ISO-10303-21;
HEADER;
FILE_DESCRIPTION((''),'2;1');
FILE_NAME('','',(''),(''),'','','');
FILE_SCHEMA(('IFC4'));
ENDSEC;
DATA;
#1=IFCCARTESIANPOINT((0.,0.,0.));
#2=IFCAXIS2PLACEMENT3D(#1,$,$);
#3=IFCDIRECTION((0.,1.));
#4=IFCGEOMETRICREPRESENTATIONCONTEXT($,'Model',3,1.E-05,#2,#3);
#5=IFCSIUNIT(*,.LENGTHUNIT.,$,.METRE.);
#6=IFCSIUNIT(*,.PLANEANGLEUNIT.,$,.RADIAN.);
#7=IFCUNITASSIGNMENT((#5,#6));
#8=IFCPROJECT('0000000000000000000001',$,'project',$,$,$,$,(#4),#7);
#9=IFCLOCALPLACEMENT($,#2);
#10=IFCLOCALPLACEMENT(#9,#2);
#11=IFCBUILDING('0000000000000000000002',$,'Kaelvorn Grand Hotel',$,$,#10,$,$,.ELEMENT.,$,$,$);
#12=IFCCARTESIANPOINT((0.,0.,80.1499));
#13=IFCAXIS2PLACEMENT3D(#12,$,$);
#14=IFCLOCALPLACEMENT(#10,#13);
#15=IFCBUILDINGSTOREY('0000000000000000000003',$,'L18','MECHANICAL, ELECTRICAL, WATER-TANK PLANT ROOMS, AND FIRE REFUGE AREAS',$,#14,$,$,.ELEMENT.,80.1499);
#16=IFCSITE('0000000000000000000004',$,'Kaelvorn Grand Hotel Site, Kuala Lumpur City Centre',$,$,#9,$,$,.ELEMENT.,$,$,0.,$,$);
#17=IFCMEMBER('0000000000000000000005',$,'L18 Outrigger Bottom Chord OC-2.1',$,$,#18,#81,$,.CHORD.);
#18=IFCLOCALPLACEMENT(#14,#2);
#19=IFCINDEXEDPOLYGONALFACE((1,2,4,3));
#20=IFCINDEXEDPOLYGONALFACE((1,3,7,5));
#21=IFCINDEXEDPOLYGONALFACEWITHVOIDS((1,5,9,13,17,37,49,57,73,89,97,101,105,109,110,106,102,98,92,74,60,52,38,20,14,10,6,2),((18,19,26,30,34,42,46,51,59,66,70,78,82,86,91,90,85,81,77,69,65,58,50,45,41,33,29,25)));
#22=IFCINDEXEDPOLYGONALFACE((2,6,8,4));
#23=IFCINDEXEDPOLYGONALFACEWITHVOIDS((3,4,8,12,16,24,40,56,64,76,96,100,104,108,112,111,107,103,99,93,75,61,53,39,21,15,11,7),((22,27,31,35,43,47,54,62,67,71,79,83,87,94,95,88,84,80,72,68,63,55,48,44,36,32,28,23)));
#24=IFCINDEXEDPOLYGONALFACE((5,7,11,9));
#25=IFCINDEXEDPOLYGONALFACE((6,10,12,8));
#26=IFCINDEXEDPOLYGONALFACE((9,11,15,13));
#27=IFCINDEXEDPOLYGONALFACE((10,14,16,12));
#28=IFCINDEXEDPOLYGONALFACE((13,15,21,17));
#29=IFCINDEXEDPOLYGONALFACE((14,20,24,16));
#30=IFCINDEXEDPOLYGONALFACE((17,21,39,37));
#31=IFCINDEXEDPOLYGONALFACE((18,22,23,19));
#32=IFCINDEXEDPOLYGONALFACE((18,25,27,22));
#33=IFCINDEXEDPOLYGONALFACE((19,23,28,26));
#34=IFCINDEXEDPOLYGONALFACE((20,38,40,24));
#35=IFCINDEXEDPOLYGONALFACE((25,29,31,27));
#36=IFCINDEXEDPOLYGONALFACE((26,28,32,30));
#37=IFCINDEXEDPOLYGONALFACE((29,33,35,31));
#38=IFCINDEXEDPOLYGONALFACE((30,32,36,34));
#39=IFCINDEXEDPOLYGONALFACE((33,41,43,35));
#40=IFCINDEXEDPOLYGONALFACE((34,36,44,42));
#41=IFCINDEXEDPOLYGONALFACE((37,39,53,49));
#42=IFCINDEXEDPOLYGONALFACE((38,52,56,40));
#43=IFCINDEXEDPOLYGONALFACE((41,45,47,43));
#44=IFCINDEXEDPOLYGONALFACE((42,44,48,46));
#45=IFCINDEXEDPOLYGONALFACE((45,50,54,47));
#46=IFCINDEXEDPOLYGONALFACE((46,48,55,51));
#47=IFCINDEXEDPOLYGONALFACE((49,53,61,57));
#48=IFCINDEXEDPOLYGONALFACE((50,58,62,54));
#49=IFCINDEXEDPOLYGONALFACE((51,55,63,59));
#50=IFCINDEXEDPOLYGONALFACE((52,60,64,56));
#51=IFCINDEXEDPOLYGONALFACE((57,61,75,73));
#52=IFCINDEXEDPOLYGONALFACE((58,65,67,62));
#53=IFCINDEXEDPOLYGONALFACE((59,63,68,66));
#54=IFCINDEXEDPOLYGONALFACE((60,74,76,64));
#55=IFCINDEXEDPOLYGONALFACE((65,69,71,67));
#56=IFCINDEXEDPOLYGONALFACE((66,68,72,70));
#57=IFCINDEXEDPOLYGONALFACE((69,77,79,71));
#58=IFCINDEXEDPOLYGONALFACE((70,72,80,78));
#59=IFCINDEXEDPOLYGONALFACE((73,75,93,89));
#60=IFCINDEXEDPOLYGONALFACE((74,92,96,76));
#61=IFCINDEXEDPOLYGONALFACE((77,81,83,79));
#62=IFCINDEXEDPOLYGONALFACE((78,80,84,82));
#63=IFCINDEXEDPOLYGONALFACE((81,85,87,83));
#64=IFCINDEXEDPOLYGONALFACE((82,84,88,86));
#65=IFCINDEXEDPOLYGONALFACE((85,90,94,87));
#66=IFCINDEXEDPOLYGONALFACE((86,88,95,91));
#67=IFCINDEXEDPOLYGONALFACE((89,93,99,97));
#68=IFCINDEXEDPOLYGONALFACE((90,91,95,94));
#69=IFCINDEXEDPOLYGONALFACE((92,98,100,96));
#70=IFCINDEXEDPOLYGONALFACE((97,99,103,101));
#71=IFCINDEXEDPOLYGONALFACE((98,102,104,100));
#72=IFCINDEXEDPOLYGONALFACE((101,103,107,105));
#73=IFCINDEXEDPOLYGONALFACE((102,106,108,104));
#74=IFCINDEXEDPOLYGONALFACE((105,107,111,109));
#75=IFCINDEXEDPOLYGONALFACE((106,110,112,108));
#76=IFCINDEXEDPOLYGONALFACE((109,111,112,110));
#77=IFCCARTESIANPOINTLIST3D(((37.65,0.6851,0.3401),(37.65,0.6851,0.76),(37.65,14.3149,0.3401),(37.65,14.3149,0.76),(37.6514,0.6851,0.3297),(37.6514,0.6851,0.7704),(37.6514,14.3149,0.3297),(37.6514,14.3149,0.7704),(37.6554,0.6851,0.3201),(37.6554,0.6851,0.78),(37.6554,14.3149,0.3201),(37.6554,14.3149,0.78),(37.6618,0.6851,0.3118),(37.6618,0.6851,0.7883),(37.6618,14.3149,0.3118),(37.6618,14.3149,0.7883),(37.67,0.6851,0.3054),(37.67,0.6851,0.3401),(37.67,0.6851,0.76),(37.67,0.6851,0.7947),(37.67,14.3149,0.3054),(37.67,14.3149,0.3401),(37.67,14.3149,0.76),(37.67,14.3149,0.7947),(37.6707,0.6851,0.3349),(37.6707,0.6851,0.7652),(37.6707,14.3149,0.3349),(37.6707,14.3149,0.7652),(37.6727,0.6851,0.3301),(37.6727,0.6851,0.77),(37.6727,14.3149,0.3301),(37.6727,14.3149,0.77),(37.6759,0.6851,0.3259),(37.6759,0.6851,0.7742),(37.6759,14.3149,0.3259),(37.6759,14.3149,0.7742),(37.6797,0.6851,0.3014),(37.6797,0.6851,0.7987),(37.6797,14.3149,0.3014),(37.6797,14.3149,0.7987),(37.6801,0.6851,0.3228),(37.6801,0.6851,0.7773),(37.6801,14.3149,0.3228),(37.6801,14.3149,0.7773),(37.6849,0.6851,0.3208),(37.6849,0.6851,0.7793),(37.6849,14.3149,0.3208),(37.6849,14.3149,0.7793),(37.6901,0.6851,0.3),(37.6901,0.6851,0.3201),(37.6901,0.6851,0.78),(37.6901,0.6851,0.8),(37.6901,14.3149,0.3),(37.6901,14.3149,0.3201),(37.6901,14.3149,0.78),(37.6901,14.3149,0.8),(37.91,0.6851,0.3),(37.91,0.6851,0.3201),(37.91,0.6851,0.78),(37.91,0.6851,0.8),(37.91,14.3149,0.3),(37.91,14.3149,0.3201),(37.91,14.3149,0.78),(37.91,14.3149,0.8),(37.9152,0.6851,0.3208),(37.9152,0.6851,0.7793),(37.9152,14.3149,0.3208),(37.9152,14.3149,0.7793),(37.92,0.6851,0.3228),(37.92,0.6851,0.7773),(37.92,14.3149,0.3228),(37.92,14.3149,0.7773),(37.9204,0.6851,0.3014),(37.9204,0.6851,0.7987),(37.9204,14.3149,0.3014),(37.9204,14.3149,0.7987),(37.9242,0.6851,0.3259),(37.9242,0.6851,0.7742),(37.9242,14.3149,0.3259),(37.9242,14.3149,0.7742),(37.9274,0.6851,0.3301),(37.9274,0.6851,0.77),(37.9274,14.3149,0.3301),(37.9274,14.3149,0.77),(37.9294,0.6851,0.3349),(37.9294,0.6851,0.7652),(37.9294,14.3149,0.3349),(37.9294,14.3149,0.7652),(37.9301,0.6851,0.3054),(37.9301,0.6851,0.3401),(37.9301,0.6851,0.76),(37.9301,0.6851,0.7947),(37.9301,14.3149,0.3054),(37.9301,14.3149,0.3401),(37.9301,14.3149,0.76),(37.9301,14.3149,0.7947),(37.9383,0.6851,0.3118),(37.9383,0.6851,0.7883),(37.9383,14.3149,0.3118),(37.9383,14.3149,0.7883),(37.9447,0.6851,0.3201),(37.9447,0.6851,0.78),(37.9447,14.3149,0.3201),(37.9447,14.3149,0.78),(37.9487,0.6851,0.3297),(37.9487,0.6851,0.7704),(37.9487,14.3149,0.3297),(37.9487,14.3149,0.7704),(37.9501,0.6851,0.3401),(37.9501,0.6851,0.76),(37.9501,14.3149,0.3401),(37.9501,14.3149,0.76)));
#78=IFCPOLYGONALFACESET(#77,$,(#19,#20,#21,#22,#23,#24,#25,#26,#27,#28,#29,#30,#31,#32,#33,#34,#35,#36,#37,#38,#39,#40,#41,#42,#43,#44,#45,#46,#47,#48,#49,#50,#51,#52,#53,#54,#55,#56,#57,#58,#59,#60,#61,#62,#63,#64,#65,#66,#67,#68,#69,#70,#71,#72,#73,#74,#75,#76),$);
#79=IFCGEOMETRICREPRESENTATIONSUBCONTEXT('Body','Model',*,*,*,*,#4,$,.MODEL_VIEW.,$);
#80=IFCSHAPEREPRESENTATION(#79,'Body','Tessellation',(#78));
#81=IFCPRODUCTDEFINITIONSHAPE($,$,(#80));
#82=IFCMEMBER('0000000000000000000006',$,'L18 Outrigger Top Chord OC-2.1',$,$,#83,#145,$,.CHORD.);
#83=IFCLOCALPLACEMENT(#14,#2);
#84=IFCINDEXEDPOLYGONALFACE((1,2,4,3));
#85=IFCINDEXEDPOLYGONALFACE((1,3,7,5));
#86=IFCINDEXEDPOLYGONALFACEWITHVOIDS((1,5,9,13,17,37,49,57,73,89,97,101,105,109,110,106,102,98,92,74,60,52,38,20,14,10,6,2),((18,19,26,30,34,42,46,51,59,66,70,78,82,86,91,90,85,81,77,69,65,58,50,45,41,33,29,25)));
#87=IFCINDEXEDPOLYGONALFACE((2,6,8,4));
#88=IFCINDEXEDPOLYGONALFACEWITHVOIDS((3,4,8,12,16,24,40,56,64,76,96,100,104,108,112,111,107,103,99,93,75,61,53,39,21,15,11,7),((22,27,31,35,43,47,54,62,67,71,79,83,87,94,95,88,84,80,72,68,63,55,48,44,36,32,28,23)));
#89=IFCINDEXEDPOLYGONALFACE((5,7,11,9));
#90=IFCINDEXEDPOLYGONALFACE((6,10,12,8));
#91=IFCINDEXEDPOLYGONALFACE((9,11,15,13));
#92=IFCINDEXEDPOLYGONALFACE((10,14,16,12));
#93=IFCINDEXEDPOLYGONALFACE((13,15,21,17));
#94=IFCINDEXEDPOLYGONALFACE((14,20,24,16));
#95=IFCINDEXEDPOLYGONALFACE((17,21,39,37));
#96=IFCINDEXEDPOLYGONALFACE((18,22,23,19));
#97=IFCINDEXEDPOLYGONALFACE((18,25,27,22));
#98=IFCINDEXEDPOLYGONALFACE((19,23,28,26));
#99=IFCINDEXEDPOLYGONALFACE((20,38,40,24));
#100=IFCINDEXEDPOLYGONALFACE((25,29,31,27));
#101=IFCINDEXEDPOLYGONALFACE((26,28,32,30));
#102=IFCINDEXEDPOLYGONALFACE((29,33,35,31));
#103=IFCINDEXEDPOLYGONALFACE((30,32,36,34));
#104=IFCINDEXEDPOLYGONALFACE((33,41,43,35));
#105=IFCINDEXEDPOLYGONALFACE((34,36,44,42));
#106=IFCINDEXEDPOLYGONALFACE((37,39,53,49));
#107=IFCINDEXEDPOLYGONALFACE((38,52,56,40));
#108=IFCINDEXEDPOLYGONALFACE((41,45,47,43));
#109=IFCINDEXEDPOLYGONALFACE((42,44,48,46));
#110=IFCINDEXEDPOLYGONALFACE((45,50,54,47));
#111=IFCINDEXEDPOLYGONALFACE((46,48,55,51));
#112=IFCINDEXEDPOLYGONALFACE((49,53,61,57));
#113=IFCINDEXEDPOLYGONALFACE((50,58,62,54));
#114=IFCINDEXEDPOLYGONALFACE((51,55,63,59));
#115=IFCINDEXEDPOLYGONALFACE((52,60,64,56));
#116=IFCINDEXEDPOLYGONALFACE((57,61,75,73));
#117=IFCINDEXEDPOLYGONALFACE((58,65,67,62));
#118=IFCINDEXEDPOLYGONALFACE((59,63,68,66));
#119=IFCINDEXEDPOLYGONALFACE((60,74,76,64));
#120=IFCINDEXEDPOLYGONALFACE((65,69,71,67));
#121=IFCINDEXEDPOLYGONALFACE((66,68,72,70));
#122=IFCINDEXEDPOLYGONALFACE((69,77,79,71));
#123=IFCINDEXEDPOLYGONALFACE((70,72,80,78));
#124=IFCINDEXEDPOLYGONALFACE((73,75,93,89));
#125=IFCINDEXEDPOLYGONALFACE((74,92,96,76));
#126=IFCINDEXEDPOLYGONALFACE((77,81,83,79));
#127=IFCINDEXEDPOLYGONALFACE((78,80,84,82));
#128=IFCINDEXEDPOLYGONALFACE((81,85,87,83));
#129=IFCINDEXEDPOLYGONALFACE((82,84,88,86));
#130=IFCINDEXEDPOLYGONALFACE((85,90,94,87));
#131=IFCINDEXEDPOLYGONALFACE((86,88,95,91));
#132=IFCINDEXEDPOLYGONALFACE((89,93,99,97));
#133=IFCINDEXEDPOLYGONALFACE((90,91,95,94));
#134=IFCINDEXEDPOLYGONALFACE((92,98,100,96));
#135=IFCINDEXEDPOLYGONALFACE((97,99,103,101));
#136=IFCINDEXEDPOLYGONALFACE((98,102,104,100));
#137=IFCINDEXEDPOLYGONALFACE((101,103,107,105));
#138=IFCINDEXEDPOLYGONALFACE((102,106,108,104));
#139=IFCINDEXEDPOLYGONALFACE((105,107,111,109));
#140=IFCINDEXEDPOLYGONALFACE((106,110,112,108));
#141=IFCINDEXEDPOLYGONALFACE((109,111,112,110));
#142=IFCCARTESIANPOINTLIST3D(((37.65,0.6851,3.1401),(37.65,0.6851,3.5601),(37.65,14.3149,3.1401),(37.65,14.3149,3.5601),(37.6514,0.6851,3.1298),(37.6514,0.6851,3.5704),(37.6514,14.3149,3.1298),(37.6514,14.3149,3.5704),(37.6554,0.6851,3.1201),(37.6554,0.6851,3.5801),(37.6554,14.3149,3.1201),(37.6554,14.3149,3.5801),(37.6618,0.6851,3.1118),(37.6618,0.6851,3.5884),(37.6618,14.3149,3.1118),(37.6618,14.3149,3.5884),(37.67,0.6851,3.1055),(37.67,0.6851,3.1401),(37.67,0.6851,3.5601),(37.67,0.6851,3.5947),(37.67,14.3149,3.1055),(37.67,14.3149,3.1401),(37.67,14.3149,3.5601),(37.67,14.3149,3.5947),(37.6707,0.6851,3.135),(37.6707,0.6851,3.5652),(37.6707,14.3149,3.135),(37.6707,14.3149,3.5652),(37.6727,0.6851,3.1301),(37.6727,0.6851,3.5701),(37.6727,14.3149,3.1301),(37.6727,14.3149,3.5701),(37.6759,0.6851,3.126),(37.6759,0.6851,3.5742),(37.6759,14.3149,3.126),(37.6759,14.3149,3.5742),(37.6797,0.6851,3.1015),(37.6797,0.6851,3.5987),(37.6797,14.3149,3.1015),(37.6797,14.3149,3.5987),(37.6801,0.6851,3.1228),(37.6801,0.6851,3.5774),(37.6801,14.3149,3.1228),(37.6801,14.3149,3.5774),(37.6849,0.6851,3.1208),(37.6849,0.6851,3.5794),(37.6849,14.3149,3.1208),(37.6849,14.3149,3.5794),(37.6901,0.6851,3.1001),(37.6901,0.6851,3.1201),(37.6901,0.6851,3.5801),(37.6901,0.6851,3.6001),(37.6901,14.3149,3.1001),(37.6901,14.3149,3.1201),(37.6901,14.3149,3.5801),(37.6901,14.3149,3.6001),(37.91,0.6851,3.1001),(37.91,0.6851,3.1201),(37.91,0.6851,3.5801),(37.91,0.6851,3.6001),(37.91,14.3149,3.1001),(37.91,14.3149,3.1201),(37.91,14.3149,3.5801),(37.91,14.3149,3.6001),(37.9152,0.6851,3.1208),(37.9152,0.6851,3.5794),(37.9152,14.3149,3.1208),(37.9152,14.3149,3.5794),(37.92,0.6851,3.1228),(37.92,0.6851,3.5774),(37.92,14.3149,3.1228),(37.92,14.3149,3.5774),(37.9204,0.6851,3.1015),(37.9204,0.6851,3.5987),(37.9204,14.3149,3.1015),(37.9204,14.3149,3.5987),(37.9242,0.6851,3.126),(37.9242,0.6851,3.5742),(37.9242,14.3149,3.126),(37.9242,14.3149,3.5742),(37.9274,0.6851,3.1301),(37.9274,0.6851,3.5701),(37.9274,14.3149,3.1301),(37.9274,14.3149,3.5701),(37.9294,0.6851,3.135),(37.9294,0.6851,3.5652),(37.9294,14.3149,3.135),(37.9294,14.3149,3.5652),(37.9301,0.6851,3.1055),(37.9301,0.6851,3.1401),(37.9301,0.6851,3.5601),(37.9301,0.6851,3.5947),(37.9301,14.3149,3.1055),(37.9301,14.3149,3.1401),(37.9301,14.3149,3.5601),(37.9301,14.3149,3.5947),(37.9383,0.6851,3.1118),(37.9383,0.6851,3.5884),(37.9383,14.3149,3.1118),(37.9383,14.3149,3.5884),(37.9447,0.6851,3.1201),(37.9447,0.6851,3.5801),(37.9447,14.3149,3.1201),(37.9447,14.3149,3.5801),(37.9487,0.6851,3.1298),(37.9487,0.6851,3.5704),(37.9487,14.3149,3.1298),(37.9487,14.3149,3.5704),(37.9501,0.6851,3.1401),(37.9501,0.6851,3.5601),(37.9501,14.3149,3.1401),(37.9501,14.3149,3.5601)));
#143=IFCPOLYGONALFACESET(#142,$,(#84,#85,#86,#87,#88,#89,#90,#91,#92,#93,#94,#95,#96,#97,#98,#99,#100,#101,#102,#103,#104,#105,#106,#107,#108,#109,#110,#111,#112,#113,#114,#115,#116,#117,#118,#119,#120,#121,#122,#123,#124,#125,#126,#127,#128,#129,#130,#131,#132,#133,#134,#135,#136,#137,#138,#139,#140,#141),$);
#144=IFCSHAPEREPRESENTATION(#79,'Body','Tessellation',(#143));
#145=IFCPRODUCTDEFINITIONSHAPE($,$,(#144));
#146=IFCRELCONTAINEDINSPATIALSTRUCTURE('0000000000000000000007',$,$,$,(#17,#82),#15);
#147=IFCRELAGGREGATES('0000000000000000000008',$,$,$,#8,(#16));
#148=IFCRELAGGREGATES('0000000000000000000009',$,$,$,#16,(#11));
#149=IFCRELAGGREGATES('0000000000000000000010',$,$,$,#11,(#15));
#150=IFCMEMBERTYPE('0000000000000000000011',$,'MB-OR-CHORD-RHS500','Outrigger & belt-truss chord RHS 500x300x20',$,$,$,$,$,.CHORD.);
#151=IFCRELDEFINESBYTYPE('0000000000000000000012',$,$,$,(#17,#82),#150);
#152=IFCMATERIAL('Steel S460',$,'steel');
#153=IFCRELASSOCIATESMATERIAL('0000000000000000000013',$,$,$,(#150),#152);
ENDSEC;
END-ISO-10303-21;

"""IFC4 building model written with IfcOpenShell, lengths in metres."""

from ifc_helpers import new_model, si_unit, direction, frame, origin, origin_2d, place, context, subcontext, project, spatial, hollow_rectangle, extrude, material, material_profile, profile_set, type_object, element, save


model = new_model("IFC4")

# Units and contexts
model_context = context("Model", 3, precision=1e-05, world=origin(), true_north=direction((0.0, 1.0)))
body_context = subcontext(model_context, "Body", "Model", "MODEL_VIEW")
ifc_project = project(units=[si_unit("LENGTHUNIT", "METRE"), si_unit("PLANEANGLEUNIT", "RADIAN")], contexts=[model_context])

# Site, building, storey
site_placement = place(None, origin())
site = spatial("IfcSite", under=ifc_project, at=site_placement, Name="Kaelvorn Grand Hotel Site, Kuala Lumpur City Centre", CompositionType="ELEMENT", RefElevation=0.0)
building_placement = place(site_placement, origin())
building = spatial("IfcBuilding", under=site, at=building_placement, Name="Kaelvorn Grand Hotel", CompositionType="ELEMENT")
storey_placement = place(building_placement, frame((0.0, 0.0, 80.1499)))
storey = spatial("IfcBuildingStorey", under=building, at=storey_placement, Name="L18", Description="MECHANICAL, ELECTRICAL, WATER-TANK PLANT ROOMS, AND FIRE REFUGE AREAS", CompositionType="ELEMENT", Elevation=80.1499)

# Shared definitions
ifc_material_1 = material(Name="Steel S460", Category="steel")

# Members
ifc_material_profile_1 = material_profile(ifc_material_1, hollow_rectangle(XDim=0.3, YDim=0.5, WallThickness=0.02, InnerFilletRadius=0.02, OuterFilletRadius=0.04, at=origin_2d()), Name="RHS 500x300x20.0")
ifc_profile_set_1 = profile_set([ifc_material_profile_1], Name="Steel S460")
member_type_1 = type_object("IfcMemberType", Name="MB-OR-CHORD-RHS500", Description="Outrigger & belt-truss chord RHS 500x300x20", PredefinedType="CHORD", material=ifc_profile_set_1)
for number, where, z_axis, x_axis, name in (
    (1, (37.8, 0.6851, 0.55), (0.0, 1.0, 0.0), (-1.0, 0.0, 0.0), "L18 Outrigger Bottom Chord OC-2.1"),
    (2, (37.8, 0.6851, 3.3501), (0.0, 1.0, 0.0), (-1.0, 0.0, 0.0), "L18 Outrigger Top Chord OC-2.1"),
):
    element("IfcMember", number, at=place(storey_placement, frame(where, z_axis=z_axis, x_axis=x_axis)), inside=storey, type_object=member_type_1, Name=name, PredefinedType="CHORD", context=body_context, shape_type="SweptSolid", body=[
        extrude(hollow_rectangle(XDim=0.3, YDim=0.5, WallThickness=0.02, InnerFilletRadius=0.02, OuterFilletRadius=0.04, at=origin_2d()), origin(), (0.0, 0.0, 1.0), 13.6299),
    ])

save(model, "model.ifc")
